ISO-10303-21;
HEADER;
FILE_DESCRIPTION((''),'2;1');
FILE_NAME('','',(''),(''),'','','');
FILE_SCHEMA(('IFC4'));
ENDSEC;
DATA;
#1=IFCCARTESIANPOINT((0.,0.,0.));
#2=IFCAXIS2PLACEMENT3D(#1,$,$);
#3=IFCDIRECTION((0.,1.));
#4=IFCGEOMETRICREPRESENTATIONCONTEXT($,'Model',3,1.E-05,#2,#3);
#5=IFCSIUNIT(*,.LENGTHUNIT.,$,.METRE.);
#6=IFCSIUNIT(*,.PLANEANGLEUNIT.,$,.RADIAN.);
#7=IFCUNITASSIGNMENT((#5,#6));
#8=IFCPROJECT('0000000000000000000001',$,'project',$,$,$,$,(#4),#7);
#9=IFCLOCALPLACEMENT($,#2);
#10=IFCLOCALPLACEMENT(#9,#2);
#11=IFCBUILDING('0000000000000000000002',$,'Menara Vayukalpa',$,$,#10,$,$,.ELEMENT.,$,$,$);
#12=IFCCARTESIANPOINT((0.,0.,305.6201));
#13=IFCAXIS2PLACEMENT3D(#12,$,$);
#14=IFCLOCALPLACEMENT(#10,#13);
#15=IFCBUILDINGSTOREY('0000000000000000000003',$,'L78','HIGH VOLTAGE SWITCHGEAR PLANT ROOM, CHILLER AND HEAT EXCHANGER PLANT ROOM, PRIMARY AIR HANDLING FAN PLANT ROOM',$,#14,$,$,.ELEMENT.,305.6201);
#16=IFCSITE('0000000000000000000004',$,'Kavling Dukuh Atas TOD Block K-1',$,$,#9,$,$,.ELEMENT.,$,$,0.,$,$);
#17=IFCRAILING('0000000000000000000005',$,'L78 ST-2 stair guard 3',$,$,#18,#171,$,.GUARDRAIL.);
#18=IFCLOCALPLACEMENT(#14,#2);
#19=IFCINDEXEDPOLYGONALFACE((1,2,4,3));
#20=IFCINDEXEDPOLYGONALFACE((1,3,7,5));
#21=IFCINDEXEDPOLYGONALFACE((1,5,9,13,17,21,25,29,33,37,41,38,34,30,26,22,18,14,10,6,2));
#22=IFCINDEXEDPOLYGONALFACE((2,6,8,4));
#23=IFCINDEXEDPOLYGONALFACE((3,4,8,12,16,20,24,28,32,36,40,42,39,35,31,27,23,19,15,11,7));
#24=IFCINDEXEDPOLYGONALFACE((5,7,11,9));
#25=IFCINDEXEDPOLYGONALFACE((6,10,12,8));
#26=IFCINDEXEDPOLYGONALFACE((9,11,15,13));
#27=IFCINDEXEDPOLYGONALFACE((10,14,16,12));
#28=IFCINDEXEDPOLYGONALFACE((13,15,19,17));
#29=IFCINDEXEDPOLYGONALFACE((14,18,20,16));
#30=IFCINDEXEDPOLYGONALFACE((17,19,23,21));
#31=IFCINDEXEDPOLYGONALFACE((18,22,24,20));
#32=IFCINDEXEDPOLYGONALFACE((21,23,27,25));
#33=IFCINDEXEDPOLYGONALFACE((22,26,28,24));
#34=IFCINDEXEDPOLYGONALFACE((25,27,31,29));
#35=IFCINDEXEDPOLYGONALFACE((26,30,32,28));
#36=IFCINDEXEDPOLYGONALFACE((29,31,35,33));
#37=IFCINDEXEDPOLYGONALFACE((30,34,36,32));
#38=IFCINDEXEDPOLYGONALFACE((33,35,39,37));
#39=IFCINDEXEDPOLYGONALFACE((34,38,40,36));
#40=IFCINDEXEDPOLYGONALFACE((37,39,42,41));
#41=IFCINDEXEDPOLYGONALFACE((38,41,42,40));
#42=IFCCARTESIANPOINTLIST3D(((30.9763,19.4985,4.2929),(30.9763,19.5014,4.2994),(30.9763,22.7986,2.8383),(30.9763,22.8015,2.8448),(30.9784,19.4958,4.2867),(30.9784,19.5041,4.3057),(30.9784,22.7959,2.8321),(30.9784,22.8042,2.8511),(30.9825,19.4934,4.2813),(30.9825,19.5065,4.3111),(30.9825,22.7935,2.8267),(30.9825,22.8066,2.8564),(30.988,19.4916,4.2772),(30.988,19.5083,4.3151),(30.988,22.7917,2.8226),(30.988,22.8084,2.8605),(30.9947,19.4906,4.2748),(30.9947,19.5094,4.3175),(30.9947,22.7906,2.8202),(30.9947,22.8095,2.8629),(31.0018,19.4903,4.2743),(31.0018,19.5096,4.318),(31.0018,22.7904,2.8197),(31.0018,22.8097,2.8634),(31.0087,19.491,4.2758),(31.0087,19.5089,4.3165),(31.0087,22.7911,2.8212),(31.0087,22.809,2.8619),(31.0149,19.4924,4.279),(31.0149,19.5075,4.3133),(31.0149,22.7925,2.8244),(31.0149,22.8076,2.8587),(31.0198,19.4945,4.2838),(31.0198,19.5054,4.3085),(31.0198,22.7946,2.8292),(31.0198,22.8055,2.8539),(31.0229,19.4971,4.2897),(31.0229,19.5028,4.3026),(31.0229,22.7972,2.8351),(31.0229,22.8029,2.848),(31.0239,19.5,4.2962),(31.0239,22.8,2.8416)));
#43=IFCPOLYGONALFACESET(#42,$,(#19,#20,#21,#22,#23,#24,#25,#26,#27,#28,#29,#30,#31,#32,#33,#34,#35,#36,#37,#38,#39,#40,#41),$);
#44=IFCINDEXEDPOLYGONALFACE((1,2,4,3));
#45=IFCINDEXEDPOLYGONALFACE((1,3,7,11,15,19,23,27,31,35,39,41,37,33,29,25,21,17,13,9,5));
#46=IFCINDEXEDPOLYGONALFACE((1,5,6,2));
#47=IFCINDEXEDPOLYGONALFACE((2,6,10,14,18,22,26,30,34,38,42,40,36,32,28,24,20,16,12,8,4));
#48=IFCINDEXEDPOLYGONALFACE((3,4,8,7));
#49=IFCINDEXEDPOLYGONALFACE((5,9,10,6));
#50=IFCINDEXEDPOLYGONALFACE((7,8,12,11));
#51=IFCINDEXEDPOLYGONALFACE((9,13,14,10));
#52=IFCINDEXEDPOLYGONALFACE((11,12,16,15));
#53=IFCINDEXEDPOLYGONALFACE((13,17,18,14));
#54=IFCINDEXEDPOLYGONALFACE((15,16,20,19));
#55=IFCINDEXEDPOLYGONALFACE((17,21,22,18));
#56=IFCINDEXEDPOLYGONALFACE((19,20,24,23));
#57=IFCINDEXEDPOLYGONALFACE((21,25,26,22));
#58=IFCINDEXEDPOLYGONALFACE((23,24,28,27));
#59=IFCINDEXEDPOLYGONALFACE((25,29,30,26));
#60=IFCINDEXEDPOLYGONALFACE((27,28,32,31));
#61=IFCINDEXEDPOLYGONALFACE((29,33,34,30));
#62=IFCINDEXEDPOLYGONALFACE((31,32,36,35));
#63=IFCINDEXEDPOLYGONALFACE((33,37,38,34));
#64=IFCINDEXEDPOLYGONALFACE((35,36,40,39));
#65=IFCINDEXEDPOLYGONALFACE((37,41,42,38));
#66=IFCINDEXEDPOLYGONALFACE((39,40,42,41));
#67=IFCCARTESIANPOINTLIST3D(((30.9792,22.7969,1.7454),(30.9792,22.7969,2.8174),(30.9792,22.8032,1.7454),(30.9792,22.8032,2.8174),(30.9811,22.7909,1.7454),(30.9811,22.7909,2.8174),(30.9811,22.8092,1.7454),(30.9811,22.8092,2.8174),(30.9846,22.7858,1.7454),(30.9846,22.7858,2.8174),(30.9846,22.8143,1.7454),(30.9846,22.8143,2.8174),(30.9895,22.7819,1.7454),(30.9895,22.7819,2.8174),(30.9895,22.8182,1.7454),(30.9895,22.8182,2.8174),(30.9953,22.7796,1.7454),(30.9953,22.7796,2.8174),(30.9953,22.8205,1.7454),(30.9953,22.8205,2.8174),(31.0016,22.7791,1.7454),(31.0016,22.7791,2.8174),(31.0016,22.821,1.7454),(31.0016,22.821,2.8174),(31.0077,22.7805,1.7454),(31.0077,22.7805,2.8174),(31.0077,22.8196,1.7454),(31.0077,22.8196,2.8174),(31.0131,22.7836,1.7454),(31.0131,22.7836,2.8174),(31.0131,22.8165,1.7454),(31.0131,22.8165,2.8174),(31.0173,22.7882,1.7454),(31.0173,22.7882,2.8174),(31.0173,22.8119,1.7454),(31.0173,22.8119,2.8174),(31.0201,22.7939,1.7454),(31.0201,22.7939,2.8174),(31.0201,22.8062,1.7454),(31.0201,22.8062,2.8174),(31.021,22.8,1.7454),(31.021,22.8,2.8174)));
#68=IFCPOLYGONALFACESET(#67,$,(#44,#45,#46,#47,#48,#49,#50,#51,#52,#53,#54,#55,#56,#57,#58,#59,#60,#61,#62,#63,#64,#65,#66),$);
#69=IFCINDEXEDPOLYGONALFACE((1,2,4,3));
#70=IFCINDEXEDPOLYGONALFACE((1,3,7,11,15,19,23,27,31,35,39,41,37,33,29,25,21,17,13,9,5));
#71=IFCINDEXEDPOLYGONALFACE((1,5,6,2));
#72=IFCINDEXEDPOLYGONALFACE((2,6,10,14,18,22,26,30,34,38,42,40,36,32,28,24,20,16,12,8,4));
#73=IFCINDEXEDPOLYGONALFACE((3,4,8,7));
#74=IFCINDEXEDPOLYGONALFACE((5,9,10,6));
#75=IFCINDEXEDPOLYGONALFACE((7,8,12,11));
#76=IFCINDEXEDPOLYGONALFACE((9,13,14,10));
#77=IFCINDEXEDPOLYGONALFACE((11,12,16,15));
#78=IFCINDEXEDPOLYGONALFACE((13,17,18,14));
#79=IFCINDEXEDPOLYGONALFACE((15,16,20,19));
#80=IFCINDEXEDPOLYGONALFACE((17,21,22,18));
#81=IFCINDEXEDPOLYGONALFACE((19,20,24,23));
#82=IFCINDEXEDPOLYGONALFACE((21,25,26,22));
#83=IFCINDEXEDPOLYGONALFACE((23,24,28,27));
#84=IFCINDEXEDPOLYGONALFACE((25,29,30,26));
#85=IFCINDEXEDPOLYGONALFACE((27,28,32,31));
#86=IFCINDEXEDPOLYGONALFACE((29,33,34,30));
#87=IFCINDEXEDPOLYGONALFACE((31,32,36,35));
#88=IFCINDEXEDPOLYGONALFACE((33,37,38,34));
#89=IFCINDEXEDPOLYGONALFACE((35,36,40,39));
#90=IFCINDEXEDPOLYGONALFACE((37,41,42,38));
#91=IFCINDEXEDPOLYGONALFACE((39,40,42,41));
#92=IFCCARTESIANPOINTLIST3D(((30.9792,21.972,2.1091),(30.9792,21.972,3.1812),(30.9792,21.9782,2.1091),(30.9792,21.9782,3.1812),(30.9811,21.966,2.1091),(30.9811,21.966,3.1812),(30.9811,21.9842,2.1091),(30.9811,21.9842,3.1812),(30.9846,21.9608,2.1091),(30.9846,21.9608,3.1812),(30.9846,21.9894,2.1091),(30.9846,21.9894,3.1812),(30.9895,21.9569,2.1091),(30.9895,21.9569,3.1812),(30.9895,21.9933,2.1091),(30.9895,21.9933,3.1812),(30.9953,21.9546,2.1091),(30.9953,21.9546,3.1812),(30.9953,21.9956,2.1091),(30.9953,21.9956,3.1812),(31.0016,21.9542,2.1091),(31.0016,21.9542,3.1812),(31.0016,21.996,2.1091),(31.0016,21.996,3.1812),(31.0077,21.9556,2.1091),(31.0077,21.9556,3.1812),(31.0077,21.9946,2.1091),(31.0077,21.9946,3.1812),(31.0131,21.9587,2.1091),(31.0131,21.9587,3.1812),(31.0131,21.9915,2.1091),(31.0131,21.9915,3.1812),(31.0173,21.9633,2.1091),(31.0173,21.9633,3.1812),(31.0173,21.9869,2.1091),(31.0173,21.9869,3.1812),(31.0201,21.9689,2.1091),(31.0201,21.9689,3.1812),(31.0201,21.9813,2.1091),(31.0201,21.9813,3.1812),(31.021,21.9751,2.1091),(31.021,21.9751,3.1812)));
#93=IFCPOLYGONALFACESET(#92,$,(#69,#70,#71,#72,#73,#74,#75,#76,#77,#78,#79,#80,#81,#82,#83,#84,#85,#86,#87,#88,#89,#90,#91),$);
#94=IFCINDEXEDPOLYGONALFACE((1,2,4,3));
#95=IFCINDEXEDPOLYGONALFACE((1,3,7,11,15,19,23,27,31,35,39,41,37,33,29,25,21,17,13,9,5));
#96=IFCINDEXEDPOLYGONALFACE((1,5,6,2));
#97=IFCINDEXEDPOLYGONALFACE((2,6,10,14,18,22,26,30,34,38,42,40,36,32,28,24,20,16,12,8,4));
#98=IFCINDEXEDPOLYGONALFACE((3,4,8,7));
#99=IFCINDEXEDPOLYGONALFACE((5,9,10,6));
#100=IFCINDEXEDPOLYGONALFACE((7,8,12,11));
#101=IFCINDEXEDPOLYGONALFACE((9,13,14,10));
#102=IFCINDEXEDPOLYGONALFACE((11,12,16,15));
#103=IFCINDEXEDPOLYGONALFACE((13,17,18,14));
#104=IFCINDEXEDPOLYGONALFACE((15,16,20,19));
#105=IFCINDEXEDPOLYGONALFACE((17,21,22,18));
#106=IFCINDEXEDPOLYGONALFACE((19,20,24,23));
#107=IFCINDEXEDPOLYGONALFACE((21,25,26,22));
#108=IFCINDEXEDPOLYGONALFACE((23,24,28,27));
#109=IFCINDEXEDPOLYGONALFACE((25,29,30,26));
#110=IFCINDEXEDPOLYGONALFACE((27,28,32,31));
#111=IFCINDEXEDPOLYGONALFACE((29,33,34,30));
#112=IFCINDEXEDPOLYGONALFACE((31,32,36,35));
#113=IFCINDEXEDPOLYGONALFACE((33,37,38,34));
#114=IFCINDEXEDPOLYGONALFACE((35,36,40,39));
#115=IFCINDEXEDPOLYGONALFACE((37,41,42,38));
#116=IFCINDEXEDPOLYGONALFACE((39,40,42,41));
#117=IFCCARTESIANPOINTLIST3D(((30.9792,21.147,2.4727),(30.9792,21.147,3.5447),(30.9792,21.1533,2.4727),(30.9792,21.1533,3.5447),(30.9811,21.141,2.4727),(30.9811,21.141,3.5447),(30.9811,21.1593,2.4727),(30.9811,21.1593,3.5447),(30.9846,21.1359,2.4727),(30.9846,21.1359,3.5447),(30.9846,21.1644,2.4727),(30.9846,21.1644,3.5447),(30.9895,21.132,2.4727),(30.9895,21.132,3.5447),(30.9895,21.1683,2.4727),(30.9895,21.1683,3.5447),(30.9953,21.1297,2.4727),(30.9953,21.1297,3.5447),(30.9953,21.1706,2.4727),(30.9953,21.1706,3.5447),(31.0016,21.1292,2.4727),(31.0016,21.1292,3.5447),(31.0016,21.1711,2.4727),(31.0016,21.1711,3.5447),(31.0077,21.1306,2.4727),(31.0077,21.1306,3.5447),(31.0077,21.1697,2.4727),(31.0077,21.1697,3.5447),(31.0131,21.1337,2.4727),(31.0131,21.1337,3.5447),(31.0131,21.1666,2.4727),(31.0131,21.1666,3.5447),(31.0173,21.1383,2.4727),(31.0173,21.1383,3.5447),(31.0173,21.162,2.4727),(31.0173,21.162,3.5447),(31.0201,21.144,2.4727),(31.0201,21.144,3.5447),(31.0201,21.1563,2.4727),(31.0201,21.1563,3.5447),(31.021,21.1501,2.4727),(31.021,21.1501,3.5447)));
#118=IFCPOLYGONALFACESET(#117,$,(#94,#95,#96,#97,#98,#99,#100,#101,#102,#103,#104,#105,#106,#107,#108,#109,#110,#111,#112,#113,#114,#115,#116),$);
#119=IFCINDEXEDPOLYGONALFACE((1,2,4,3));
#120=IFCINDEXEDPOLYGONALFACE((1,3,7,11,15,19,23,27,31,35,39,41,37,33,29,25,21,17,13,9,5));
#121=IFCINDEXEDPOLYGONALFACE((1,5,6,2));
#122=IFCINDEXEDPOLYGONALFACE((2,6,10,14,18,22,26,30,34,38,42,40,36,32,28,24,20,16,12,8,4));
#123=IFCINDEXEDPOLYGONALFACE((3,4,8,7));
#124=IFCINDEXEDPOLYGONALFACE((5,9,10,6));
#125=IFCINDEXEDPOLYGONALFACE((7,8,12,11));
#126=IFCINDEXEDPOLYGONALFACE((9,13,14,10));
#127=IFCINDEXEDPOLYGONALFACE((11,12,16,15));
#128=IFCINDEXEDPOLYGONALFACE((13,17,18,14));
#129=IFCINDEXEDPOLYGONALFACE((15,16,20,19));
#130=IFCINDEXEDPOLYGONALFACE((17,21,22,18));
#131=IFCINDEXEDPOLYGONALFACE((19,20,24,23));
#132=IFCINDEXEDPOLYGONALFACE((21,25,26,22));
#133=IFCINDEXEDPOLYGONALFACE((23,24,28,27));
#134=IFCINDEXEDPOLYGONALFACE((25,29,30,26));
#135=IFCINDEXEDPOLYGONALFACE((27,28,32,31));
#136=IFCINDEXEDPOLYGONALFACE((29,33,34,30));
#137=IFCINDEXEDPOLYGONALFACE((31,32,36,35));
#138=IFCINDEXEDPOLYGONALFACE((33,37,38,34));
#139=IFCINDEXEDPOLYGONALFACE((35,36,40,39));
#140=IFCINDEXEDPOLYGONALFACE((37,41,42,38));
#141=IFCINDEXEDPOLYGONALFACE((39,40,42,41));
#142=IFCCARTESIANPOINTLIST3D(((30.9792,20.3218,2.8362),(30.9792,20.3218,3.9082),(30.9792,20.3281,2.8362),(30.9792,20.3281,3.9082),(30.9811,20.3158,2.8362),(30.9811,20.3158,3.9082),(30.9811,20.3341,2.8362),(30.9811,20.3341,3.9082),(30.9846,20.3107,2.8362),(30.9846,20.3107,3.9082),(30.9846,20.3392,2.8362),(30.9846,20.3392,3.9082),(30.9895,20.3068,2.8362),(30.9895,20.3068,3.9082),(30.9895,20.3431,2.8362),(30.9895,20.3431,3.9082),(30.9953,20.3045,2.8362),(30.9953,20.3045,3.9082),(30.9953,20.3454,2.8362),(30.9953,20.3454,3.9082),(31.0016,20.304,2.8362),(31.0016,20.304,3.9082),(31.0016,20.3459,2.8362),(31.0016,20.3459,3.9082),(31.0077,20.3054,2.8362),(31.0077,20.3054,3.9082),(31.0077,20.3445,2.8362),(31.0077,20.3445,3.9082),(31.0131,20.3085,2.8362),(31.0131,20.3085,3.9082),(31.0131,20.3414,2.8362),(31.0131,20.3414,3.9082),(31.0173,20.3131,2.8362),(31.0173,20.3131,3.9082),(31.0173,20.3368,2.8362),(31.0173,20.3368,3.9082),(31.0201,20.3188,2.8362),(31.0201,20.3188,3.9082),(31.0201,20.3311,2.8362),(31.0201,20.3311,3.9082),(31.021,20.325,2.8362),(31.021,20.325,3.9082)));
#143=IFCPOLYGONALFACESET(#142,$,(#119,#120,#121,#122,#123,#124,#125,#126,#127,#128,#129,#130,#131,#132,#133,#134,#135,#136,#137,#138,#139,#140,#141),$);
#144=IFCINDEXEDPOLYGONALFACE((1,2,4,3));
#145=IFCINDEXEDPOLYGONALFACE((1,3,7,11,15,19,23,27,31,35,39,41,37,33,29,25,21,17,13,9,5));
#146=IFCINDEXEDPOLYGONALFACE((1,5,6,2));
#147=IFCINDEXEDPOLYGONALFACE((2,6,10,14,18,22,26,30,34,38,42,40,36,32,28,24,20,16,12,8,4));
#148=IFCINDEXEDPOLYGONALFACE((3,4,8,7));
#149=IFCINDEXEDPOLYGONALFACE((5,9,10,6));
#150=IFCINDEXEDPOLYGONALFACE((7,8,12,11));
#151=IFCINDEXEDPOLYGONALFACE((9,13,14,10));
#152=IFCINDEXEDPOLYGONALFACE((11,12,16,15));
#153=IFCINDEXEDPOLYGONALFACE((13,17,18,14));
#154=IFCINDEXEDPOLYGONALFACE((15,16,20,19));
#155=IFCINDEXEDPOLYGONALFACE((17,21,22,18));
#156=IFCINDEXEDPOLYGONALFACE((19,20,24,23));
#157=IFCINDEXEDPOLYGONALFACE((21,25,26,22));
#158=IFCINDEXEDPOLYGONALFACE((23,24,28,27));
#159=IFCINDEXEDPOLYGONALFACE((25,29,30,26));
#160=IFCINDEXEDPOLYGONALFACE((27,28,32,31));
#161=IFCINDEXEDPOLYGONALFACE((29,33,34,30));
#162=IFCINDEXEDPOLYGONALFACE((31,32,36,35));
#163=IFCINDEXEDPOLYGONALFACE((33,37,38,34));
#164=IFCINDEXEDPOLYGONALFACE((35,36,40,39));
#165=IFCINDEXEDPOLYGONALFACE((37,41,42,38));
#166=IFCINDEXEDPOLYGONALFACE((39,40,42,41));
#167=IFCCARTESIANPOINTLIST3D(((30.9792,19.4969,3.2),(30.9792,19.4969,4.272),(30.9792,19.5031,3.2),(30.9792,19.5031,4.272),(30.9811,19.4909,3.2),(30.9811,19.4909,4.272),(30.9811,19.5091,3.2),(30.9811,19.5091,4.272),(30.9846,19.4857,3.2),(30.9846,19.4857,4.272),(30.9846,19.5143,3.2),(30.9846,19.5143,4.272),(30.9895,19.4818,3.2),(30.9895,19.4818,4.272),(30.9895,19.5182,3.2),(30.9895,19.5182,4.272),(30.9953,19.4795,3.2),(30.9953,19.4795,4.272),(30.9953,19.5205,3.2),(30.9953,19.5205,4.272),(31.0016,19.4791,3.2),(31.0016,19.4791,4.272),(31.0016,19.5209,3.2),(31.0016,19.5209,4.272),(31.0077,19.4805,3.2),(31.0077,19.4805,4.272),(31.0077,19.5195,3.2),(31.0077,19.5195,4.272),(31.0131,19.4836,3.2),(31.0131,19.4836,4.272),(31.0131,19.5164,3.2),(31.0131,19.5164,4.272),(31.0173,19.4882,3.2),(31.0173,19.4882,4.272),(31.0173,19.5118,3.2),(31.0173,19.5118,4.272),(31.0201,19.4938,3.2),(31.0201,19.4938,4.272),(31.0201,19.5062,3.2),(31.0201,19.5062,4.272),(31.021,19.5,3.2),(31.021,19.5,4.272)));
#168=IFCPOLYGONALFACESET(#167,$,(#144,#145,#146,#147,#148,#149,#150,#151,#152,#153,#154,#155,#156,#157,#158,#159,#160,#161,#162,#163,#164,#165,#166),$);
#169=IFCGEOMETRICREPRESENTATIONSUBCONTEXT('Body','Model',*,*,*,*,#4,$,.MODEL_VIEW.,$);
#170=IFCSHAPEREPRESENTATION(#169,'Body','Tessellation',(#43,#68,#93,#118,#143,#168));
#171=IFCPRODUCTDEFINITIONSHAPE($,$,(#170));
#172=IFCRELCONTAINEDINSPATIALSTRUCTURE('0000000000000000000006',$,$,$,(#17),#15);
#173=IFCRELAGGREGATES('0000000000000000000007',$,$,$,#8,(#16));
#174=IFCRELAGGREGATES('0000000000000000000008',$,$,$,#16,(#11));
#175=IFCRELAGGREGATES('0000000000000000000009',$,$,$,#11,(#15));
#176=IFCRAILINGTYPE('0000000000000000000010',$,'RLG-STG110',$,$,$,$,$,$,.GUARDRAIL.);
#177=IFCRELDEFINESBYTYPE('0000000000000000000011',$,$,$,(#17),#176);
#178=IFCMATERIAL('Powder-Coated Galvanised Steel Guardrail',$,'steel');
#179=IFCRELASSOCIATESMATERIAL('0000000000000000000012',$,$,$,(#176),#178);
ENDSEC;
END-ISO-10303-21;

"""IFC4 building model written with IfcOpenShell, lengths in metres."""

from ifc_helpers import new_model, si_unit, direction, frame, origin, origin_2d, place, context, subcontext, project, spatial, circle, extrude, material, type_object, element, save


model = new_model("IFC4")

# Units and contexts
model_context = context("Model", 3, precision=1e-05, world=origin(), true_north=direction((0.0, 1.0)))
body_context = subcontext(model_context, "Body", "Model", "MODEL_VIEW")
ifc_project = project(units=[si_unit("LENGTHUNIT", "METRE"), si_unit("PLANEANGLEUNIT", "RADIAN")], contexts=[model_context])

# Site, building, storey
site_placement = place(None, origin())
site = spatial("IfcSite", under=ifc_project, at=site_placement, Name="Kavling Dukuh Atas TOD Block K-1", CompositionType="ELEMENT", RefElevation=0.0)
building_placement = place(site_placement, origin())
building = spatial("IfcBuilding", under=site, at=building_placement, Name="Menara Vayukalpa", CompositionType="ELEMENT")
storey_placement = place(building_placement, frame((0.0, 0.0, 305.6201)))
storey = spatial("IfcBuildingStorey", under=building, at=storey_placement, Name="L78", Description="HIGH VOLTAGE SWITCHGEAR PLANT ROOM, CHILLER AND HEAT EXCHANGER PLANT ROOM, PRIMARY AIR HANDLING FAN PLANT ROOM", CompositionType="ELEMENT", Elevation=305.6201)

# Railing
ifc_material_1 = material(Name="Powder-Coated Galvanised Steel Guardrail", Category="steel")
railing_type_1 = type_object("IfcRailingType", Name="RLG-STG110", PredefinedType="GUARDRAIL", material=ifc_material_1)
railing_1_placement = place(storey_placement, frame((31.0, 22.8, 1.7454)))
element("IfcRailing", 1, at=railing_1_placement, inside=storey, type_object=railing_type_1, Name="L78 ST-2 stair guard 3", PredefinedType="GUARDRAIL", context=body_context, shape_type="SweptSolid", body=[
    extrude(circle(Radius=0.0239, at=origin_2d()), frame((0.0, 0.0, 1.0962), z_axis=(0.0, -0.915052, 0.403335), x_axis=(1.0, 0.0, 0.0)), (0.0, 0.0, 1.0), 3.6064),
    extrude(circle(Radius=0.021, at=origin_2d()), origin(), (0.0, 0.0, 1.0), 1.072),
    extrude(circle(Radius=0.021, at=origin_2d()), frame((0.0, -0.825, 0.3638)), (0.0, 0.0, 1.0), 1.072),
    extrude(circle(Radius=0.021, at=origin_2d()), frame((0.0, -1.6499, 0.7273)), (0.0, 0.0, 1.0), 1.072),
    extrude(circle(Radius=0.021, at=origin_2d()), frame((0.0, -2.4751, 1.0908)), (0.0, 0.0, 1.0), 1.072),
    extrude(circle(Radius=0.021, at=origin_2d()), frame((0.0, -3.3, 1.4546)), (0.0, 0.0, 1.0), 1.072),
])

save(model, "model.ifc")
